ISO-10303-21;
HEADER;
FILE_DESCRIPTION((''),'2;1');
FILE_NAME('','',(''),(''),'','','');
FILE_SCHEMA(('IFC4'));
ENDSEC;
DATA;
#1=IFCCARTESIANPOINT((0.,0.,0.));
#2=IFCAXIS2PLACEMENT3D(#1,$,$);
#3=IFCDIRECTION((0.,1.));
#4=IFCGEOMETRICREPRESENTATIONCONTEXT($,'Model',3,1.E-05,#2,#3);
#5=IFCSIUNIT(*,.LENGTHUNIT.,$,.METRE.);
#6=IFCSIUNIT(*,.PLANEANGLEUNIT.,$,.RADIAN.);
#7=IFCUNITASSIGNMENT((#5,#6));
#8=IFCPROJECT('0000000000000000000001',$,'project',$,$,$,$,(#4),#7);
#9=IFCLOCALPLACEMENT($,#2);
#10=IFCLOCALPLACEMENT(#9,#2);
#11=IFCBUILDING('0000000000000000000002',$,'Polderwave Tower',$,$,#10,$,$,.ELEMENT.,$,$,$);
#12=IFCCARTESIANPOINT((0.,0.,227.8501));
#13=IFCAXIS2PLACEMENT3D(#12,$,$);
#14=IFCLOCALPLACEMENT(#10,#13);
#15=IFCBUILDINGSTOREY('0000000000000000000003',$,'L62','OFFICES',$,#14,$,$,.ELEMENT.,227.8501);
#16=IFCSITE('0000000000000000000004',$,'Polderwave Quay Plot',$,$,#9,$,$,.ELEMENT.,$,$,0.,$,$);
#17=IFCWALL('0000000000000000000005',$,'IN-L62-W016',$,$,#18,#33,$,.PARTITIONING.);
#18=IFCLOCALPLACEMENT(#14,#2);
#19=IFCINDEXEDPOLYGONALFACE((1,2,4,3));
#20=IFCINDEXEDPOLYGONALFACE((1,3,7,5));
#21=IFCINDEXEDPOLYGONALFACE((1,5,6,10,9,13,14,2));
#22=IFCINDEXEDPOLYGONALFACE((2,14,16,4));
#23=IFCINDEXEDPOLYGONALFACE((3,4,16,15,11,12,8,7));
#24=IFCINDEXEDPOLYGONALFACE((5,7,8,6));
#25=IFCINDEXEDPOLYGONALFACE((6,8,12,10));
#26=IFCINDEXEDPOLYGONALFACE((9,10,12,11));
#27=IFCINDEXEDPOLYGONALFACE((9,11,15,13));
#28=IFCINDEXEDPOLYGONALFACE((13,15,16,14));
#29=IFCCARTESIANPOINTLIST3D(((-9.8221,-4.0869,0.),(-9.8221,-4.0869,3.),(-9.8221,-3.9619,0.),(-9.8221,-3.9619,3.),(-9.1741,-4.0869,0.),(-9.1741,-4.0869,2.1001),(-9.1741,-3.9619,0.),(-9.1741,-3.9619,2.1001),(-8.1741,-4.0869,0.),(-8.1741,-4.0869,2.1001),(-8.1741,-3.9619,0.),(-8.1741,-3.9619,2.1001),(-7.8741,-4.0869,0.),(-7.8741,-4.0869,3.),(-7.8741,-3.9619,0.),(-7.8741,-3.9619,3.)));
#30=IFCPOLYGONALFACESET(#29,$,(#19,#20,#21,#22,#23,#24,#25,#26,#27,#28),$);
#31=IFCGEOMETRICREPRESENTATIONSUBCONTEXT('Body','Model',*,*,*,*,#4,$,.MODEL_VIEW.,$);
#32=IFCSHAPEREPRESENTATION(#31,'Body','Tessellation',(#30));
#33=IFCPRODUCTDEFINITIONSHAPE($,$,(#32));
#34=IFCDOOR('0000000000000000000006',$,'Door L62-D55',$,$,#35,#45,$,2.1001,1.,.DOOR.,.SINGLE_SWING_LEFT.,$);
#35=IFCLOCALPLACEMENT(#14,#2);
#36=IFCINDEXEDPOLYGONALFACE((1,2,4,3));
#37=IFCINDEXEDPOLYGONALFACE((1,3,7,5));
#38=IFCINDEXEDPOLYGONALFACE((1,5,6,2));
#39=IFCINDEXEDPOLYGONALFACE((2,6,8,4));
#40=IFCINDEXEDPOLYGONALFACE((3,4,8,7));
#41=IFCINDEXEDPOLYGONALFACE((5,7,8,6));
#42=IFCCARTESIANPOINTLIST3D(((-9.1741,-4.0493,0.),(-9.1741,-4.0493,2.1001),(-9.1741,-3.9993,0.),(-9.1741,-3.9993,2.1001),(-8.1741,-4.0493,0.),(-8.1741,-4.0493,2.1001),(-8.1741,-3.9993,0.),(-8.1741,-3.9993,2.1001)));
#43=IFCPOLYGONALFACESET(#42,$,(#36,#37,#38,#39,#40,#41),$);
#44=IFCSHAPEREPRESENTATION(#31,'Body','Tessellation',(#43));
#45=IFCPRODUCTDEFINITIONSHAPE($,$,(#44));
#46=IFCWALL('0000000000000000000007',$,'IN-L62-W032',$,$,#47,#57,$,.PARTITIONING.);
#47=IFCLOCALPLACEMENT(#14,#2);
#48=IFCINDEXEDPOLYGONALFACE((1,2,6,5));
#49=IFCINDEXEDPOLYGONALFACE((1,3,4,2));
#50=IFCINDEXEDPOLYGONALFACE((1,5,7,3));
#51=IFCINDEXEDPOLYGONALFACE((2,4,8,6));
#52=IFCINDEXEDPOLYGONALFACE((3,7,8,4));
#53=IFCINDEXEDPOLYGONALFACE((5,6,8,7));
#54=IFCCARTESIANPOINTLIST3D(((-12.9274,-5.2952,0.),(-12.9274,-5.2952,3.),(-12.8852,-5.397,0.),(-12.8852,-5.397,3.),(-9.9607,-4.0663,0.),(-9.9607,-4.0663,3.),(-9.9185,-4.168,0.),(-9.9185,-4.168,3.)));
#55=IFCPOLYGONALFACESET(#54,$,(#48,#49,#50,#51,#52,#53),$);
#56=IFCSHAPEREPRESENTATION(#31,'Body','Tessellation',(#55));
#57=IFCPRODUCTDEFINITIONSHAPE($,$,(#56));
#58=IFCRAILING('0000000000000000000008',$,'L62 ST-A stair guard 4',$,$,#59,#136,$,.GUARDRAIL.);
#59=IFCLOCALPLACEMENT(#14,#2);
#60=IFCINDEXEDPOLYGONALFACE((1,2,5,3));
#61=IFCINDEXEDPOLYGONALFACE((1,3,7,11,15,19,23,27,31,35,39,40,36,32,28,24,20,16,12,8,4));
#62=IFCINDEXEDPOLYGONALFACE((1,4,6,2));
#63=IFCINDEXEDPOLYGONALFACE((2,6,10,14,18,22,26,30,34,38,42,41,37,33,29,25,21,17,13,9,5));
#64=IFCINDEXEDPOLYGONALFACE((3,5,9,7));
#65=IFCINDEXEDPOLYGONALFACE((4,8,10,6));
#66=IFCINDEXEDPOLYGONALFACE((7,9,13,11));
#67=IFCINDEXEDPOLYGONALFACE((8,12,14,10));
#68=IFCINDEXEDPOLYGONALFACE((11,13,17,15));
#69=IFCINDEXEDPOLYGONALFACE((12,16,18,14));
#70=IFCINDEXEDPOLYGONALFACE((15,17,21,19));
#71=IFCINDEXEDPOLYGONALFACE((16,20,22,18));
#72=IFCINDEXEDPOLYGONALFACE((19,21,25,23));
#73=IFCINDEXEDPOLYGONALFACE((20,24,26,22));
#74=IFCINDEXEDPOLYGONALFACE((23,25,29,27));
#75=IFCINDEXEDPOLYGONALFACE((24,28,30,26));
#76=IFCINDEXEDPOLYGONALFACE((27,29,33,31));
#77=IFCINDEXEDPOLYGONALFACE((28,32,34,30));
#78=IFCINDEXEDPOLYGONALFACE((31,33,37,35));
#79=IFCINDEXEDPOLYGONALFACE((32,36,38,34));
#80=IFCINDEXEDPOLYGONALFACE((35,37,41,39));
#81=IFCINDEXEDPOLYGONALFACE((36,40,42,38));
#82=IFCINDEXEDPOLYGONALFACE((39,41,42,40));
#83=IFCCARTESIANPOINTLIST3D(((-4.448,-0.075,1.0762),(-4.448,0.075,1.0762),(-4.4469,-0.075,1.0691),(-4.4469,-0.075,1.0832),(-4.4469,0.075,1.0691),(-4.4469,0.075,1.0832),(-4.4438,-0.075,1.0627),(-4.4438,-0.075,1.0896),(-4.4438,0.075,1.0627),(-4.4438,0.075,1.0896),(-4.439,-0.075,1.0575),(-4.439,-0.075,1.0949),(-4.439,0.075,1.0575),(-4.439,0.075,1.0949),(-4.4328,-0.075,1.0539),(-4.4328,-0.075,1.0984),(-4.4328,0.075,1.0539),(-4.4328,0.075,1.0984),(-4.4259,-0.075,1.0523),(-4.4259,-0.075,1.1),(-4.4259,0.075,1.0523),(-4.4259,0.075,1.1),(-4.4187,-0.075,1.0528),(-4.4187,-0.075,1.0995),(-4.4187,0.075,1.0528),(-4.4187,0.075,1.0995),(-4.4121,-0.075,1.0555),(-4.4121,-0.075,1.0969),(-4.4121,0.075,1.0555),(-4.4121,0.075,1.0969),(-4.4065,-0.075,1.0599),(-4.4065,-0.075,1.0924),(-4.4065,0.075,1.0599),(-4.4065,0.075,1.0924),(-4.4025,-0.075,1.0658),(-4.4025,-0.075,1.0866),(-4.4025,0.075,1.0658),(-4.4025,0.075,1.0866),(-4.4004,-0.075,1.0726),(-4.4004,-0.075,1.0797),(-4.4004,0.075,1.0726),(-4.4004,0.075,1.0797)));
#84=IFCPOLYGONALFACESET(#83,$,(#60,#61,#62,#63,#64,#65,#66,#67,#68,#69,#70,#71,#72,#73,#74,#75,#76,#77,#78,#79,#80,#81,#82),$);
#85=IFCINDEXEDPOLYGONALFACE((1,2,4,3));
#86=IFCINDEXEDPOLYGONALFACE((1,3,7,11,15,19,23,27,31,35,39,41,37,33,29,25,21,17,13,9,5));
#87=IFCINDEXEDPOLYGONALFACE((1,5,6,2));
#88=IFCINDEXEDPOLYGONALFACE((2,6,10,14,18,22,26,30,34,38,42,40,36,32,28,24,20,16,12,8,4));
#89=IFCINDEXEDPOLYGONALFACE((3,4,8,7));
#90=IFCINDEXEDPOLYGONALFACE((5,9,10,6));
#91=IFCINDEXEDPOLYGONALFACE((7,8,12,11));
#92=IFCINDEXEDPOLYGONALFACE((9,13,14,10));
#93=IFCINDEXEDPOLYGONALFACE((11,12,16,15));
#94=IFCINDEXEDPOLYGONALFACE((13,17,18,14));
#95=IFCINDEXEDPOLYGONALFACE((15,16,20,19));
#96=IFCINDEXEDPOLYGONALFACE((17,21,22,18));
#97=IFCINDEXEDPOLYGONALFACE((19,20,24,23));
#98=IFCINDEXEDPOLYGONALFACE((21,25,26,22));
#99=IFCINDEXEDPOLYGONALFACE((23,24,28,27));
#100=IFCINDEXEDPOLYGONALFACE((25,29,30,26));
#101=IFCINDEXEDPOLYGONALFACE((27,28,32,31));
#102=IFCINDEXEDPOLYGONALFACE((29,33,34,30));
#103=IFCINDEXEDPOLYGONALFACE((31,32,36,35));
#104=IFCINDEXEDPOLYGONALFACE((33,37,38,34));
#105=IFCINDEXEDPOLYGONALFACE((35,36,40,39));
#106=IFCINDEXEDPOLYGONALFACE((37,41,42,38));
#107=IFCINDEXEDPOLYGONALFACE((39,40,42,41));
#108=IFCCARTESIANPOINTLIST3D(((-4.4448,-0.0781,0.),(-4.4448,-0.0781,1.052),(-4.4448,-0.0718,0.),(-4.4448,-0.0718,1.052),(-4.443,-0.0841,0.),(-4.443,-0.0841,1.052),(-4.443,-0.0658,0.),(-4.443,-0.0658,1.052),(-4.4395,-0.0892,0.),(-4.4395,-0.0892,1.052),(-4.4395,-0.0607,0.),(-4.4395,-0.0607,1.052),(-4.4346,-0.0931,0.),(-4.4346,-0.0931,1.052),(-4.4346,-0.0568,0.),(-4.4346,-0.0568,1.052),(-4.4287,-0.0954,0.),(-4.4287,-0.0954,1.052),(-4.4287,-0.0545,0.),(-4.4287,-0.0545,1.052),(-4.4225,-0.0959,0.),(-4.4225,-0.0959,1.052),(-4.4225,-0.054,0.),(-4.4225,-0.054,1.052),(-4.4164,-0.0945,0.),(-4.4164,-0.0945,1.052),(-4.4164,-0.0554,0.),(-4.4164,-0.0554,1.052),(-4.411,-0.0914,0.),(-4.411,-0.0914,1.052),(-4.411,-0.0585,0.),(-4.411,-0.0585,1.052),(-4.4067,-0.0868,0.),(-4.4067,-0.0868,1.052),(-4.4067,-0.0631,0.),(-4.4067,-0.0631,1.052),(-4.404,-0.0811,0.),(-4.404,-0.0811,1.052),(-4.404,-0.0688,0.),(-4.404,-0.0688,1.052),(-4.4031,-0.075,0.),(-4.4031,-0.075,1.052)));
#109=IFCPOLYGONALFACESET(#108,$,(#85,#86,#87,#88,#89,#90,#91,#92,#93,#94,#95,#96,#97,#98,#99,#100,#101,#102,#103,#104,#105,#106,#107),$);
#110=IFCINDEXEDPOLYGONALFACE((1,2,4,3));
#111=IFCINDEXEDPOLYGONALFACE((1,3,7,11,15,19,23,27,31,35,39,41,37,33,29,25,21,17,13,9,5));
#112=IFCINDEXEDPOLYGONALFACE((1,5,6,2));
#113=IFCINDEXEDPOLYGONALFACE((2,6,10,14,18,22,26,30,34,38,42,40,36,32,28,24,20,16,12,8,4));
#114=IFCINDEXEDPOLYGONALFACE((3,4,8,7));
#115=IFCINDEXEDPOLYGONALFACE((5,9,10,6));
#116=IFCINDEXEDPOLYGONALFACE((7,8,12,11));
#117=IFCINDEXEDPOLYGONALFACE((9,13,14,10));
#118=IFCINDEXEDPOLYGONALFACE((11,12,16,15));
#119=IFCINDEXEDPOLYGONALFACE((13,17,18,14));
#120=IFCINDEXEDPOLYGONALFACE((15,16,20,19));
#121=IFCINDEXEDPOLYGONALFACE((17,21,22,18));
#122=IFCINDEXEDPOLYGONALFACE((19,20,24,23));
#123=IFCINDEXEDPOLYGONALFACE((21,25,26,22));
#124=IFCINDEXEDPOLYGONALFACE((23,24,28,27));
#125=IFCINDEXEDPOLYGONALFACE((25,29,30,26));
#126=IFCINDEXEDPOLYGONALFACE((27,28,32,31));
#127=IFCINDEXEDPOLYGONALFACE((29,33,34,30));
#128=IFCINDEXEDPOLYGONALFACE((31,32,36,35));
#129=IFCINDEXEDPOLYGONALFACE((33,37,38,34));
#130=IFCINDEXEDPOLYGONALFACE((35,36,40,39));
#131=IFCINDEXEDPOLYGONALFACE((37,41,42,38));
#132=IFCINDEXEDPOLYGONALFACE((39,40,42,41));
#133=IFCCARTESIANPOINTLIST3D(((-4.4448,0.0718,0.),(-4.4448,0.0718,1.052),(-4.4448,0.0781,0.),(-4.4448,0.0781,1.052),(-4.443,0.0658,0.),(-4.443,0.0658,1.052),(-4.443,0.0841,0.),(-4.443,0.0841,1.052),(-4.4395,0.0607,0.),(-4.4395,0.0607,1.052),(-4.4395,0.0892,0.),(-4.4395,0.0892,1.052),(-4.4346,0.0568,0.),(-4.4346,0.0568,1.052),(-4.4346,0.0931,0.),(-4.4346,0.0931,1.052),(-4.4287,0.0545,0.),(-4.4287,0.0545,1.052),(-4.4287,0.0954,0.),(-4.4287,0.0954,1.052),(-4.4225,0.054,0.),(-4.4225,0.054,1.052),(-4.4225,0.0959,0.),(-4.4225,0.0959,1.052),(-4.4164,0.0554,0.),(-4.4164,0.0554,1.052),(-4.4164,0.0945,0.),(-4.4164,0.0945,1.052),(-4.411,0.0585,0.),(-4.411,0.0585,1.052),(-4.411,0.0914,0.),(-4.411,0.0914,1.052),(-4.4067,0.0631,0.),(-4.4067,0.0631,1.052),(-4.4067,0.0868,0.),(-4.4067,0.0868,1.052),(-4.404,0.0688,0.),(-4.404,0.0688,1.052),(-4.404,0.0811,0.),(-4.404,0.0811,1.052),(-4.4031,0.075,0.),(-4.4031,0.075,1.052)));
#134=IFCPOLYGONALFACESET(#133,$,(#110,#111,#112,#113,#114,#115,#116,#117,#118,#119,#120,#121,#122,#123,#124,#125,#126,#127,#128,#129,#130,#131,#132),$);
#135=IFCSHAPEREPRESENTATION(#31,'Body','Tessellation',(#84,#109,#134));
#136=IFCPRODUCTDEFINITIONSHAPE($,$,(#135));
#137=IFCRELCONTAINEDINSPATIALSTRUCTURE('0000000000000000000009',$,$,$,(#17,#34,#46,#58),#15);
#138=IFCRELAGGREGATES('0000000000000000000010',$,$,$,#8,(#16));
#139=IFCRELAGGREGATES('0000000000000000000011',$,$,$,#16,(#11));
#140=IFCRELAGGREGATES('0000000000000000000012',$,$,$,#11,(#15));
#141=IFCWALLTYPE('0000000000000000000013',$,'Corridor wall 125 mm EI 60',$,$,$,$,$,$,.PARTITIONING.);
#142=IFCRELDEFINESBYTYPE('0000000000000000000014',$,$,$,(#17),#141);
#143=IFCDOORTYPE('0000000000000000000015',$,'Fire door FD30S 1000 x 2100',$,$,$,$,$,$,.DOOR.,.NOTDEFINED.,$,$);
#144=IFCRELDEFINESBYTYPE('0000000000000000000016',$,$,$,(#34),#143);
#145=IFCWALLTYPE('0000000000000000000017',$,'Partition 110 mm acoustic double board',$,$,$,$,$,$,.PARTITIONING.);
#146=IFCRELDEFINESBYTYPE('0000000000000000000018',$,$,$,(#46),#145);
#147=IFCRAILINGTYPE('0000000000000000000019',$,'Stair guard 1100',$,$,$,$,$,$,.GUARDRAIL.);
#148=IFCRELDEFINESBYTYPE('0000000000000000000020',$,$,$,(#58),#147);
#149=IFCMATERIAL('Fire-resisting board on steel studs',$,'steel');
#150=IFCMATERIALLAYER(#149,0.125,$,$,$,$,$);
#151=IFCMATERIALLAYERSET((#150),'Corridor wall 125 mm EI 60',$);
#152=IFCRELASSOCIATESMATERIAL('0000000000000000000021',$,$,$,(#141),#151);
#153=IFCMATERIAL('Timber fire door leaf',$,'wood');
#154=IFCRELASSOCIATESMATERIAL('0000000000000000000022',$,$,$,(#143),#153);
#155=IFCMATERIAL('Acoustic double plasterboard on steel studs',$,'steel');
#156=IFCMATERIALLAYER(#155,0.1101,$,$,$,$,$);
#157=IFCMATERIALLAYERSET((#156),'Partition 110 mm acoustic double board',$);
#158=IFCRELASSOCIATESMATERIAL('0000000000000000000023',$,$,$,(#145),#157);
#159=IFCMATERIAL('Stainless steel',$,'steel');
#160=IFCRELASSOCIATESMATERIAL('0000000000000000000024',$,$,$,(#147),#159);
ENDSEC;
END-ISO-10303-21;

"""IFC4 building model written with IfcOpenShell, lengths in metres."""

from ifc_helpers import new_model, si_unit, direction, frame, frame_2d, origin, origin_2d, place, context, subcontext, project, spatial, rectangle, circle, extrude, material, layer, layer_set, type_object, element, fill, save


model = new_model("IFC4")

# Units and contexts
model_context = context("Model", 3, precision=1e-05, world=origin(), true_north=direction((0.0, 1.0)))
body_context = subcontext(model_context, "Body", "Model", "MODEL_VIEW")
ifc_project = project(units=[si_unit("LENGTHUNIT", "METRE"), si_unit("PLANEANGLEUNIT", "RADIAN")], contexts=[model_context])

# Site, building, storey
site_placement = place(None, origin())
site = spatial("IfcSite", under=ifc_project, at=site_placement, Name="Polderwave Quay Plot", CompositionType="ELEMENT", RefElevation=0.0)
building_placement = place(site_placement, origin())
building = spatial("IfcBuilding", under=site, at=building_placement, Name="Polderwave Tower", CompositionType="ELEMENT")
storey_placement = place(building_placement, frame((0.0, 0.0, 227.8501)))
storey = spatial("IfcBuildingStorey", under=building, at=storey_placement, Name="L62", Description="OFFICES", CompositionType="ELEMENT", Elevation=227.8501)

# Shared definitions
ifc_material_1 = material(Name="Stainless steel", Category="steel")

# Shared definitions
ifc_material_2 = material(Name="Fire-resisting board on steel studs", Category="steel")
ifc_layer_1 = layer(ifc_material_2, 0.125)
ifc_layer_set_1 = layer_set([ifc_layer_1], Name="Corridor wall 125 mm EI 60")
wall_type_1 = type_object("IfcWallType", Name="Corridor wall 125 mm EI 60", PredefinedType="PARTITIONING", material=ifc_layer_set_1)

# Wall, opening, door
wall_1_placement = place(storey_placement, frame((-7.874, -4.0244, 0.0), z_axis=(0.0, 0.0, 1.0), x_axis=(-1.0, 0.0, 0.0)))
wall_1 = element("IfcWall", 1, at=wall_1_placement, inside=storey, type_object=wall_type_1, Name="IN-L62-W016", PredefinedType="PARTITIONING", context=body_context, shape_type="SweptSolid", body=[
    extrude(rectangle(XDim=1.948, YDim=0.125, at=frame_2d((0.9741, 0.0))), origin(), (0.0, 0.0, 1.0), 3.0),
])
opening_1_placement = place(wall_1_placement, frame((0.3, 0.0, 0.0)))
opening_1 = element("IfcOpeningElement", 2, at=opening_1_placement, cuts=wall_1, PredefinedType="OPENING", context=body_context, shape_type="SweptSolid", body=[
    extrude(rectangle(XDim=1.0, YDim=2.1001, at=frame_2d((0.5, 1.05))), frame((0.0, 0.0725, 0.0), z_axis=(0.0, -1.0, 0.0), x_axis=(1.0, 0.0, 0.0)), (0.0, 0.0, 1.0), 0.145),
])
ifc_material_3 = material(Name="Timber fire door leaf", Category="wood")
door_type_1 = type_object("IfcDoorType", Name="Fire door FD30S 1000 x 2100", OperationType="NOTDEFINED", PredefinedType="DOOR", material=ifc_material_3)
door_1_placement = place(opening_1_placement, origin())
door_1 = element("IfcDoor", 3, at=door_1_placement, inside=storey, type_object=door_type_1, Name="Door L62-D55", OperationType="SINGLE_SWING_LEFT", OverallHeight=2.1001, OverallWidth=1.0, PredefinedType="DOOR", context=body_context, shape_type="SweptSolid", body=[
    extrude(rectangle(XDim=1.0, YDim=2.1001, at=frame_2d((0.5, 1.05))), frame((0.0, 0.0249, 0.0), z_axis=(0.0, -1.0, 0.0), x_axis=(1.0, 0.0, 0.0)), (0.0, 0.0, 1.0), 0.05),
])
fill(opening_1, door_1)

# Wall
ifc_material_4 = material(Name="Acoustic double plasterboard on steel studs", Category="steel")
ifc_layer_2 = layer(ifc_material_4, 0.1101)
ifc_layer_set_2 = layer_set([ifc_layer_2], Name="Partition 110 mm acoustic double board")
wall_type_2 = type_object("IfcWallType", Name="Partition 110 mm acoustic double board", PredefinedType="PARTITIONING", material=ifc_layer_set_2)
wall_2_placement = place(storey_placement, frame((-9.9397, -4.1172, 0.0), z_axis=(0.0, 0.0, 1.0), x_axis=(-0.923867, -0.382714, 0.0)))
element("IfcWall", 4, at=wall_2_placement, inside=storey, type_object=wall_type_2, Name="IN-L62-W032", PredefinedType="PARTITIONING", context=body_context, shape_type="SweptSolid", body=[
    extrude(rectangle(XDim=3.2112, YDim=0.1101, at=frame_2d((1.6055, 0.0))), origin(), (0.0, 0.0, 1.0), 3.0),
])

# Railing
railing_type = type_object("IfcRailingType", Name="Stair guard 1100", PredefinedType="GUARDRAIL", material=ifc_material_1)
railing_placement = place(storey_placement, frame((-4.4241, -0.075, 0.0)))
element("IfcRailing", 5, at=railing_placement, inside=storey, type_object=railing_type, Name="L62 ST-A stair guard 4", PredefinedType="GUARDRAIL", context=body_context, shape_type="SweptSolid", body=[
    extrude(circle(Radius=0.0239, at=origin_2d()), frame((0.0, 0.0, 1.0762), z_axis=(0.0, 1.0, 0.0), x_axis=(-1.0, 0.0, 0.0)), (0.0, 0.0, 1.0), 0.1499),
    extrude(circle(Radius=0.021, at=origin_2d()), origin(), (0.0, 0.0, 1.0), 1.052),
    extrude(circle(Radius=0.021, at=origin_2d()), frame((0.0, 0.1499, 0.0)), (0.0, 0.0, 1.0), 1.052),
])

save(model, "model.ifc")
